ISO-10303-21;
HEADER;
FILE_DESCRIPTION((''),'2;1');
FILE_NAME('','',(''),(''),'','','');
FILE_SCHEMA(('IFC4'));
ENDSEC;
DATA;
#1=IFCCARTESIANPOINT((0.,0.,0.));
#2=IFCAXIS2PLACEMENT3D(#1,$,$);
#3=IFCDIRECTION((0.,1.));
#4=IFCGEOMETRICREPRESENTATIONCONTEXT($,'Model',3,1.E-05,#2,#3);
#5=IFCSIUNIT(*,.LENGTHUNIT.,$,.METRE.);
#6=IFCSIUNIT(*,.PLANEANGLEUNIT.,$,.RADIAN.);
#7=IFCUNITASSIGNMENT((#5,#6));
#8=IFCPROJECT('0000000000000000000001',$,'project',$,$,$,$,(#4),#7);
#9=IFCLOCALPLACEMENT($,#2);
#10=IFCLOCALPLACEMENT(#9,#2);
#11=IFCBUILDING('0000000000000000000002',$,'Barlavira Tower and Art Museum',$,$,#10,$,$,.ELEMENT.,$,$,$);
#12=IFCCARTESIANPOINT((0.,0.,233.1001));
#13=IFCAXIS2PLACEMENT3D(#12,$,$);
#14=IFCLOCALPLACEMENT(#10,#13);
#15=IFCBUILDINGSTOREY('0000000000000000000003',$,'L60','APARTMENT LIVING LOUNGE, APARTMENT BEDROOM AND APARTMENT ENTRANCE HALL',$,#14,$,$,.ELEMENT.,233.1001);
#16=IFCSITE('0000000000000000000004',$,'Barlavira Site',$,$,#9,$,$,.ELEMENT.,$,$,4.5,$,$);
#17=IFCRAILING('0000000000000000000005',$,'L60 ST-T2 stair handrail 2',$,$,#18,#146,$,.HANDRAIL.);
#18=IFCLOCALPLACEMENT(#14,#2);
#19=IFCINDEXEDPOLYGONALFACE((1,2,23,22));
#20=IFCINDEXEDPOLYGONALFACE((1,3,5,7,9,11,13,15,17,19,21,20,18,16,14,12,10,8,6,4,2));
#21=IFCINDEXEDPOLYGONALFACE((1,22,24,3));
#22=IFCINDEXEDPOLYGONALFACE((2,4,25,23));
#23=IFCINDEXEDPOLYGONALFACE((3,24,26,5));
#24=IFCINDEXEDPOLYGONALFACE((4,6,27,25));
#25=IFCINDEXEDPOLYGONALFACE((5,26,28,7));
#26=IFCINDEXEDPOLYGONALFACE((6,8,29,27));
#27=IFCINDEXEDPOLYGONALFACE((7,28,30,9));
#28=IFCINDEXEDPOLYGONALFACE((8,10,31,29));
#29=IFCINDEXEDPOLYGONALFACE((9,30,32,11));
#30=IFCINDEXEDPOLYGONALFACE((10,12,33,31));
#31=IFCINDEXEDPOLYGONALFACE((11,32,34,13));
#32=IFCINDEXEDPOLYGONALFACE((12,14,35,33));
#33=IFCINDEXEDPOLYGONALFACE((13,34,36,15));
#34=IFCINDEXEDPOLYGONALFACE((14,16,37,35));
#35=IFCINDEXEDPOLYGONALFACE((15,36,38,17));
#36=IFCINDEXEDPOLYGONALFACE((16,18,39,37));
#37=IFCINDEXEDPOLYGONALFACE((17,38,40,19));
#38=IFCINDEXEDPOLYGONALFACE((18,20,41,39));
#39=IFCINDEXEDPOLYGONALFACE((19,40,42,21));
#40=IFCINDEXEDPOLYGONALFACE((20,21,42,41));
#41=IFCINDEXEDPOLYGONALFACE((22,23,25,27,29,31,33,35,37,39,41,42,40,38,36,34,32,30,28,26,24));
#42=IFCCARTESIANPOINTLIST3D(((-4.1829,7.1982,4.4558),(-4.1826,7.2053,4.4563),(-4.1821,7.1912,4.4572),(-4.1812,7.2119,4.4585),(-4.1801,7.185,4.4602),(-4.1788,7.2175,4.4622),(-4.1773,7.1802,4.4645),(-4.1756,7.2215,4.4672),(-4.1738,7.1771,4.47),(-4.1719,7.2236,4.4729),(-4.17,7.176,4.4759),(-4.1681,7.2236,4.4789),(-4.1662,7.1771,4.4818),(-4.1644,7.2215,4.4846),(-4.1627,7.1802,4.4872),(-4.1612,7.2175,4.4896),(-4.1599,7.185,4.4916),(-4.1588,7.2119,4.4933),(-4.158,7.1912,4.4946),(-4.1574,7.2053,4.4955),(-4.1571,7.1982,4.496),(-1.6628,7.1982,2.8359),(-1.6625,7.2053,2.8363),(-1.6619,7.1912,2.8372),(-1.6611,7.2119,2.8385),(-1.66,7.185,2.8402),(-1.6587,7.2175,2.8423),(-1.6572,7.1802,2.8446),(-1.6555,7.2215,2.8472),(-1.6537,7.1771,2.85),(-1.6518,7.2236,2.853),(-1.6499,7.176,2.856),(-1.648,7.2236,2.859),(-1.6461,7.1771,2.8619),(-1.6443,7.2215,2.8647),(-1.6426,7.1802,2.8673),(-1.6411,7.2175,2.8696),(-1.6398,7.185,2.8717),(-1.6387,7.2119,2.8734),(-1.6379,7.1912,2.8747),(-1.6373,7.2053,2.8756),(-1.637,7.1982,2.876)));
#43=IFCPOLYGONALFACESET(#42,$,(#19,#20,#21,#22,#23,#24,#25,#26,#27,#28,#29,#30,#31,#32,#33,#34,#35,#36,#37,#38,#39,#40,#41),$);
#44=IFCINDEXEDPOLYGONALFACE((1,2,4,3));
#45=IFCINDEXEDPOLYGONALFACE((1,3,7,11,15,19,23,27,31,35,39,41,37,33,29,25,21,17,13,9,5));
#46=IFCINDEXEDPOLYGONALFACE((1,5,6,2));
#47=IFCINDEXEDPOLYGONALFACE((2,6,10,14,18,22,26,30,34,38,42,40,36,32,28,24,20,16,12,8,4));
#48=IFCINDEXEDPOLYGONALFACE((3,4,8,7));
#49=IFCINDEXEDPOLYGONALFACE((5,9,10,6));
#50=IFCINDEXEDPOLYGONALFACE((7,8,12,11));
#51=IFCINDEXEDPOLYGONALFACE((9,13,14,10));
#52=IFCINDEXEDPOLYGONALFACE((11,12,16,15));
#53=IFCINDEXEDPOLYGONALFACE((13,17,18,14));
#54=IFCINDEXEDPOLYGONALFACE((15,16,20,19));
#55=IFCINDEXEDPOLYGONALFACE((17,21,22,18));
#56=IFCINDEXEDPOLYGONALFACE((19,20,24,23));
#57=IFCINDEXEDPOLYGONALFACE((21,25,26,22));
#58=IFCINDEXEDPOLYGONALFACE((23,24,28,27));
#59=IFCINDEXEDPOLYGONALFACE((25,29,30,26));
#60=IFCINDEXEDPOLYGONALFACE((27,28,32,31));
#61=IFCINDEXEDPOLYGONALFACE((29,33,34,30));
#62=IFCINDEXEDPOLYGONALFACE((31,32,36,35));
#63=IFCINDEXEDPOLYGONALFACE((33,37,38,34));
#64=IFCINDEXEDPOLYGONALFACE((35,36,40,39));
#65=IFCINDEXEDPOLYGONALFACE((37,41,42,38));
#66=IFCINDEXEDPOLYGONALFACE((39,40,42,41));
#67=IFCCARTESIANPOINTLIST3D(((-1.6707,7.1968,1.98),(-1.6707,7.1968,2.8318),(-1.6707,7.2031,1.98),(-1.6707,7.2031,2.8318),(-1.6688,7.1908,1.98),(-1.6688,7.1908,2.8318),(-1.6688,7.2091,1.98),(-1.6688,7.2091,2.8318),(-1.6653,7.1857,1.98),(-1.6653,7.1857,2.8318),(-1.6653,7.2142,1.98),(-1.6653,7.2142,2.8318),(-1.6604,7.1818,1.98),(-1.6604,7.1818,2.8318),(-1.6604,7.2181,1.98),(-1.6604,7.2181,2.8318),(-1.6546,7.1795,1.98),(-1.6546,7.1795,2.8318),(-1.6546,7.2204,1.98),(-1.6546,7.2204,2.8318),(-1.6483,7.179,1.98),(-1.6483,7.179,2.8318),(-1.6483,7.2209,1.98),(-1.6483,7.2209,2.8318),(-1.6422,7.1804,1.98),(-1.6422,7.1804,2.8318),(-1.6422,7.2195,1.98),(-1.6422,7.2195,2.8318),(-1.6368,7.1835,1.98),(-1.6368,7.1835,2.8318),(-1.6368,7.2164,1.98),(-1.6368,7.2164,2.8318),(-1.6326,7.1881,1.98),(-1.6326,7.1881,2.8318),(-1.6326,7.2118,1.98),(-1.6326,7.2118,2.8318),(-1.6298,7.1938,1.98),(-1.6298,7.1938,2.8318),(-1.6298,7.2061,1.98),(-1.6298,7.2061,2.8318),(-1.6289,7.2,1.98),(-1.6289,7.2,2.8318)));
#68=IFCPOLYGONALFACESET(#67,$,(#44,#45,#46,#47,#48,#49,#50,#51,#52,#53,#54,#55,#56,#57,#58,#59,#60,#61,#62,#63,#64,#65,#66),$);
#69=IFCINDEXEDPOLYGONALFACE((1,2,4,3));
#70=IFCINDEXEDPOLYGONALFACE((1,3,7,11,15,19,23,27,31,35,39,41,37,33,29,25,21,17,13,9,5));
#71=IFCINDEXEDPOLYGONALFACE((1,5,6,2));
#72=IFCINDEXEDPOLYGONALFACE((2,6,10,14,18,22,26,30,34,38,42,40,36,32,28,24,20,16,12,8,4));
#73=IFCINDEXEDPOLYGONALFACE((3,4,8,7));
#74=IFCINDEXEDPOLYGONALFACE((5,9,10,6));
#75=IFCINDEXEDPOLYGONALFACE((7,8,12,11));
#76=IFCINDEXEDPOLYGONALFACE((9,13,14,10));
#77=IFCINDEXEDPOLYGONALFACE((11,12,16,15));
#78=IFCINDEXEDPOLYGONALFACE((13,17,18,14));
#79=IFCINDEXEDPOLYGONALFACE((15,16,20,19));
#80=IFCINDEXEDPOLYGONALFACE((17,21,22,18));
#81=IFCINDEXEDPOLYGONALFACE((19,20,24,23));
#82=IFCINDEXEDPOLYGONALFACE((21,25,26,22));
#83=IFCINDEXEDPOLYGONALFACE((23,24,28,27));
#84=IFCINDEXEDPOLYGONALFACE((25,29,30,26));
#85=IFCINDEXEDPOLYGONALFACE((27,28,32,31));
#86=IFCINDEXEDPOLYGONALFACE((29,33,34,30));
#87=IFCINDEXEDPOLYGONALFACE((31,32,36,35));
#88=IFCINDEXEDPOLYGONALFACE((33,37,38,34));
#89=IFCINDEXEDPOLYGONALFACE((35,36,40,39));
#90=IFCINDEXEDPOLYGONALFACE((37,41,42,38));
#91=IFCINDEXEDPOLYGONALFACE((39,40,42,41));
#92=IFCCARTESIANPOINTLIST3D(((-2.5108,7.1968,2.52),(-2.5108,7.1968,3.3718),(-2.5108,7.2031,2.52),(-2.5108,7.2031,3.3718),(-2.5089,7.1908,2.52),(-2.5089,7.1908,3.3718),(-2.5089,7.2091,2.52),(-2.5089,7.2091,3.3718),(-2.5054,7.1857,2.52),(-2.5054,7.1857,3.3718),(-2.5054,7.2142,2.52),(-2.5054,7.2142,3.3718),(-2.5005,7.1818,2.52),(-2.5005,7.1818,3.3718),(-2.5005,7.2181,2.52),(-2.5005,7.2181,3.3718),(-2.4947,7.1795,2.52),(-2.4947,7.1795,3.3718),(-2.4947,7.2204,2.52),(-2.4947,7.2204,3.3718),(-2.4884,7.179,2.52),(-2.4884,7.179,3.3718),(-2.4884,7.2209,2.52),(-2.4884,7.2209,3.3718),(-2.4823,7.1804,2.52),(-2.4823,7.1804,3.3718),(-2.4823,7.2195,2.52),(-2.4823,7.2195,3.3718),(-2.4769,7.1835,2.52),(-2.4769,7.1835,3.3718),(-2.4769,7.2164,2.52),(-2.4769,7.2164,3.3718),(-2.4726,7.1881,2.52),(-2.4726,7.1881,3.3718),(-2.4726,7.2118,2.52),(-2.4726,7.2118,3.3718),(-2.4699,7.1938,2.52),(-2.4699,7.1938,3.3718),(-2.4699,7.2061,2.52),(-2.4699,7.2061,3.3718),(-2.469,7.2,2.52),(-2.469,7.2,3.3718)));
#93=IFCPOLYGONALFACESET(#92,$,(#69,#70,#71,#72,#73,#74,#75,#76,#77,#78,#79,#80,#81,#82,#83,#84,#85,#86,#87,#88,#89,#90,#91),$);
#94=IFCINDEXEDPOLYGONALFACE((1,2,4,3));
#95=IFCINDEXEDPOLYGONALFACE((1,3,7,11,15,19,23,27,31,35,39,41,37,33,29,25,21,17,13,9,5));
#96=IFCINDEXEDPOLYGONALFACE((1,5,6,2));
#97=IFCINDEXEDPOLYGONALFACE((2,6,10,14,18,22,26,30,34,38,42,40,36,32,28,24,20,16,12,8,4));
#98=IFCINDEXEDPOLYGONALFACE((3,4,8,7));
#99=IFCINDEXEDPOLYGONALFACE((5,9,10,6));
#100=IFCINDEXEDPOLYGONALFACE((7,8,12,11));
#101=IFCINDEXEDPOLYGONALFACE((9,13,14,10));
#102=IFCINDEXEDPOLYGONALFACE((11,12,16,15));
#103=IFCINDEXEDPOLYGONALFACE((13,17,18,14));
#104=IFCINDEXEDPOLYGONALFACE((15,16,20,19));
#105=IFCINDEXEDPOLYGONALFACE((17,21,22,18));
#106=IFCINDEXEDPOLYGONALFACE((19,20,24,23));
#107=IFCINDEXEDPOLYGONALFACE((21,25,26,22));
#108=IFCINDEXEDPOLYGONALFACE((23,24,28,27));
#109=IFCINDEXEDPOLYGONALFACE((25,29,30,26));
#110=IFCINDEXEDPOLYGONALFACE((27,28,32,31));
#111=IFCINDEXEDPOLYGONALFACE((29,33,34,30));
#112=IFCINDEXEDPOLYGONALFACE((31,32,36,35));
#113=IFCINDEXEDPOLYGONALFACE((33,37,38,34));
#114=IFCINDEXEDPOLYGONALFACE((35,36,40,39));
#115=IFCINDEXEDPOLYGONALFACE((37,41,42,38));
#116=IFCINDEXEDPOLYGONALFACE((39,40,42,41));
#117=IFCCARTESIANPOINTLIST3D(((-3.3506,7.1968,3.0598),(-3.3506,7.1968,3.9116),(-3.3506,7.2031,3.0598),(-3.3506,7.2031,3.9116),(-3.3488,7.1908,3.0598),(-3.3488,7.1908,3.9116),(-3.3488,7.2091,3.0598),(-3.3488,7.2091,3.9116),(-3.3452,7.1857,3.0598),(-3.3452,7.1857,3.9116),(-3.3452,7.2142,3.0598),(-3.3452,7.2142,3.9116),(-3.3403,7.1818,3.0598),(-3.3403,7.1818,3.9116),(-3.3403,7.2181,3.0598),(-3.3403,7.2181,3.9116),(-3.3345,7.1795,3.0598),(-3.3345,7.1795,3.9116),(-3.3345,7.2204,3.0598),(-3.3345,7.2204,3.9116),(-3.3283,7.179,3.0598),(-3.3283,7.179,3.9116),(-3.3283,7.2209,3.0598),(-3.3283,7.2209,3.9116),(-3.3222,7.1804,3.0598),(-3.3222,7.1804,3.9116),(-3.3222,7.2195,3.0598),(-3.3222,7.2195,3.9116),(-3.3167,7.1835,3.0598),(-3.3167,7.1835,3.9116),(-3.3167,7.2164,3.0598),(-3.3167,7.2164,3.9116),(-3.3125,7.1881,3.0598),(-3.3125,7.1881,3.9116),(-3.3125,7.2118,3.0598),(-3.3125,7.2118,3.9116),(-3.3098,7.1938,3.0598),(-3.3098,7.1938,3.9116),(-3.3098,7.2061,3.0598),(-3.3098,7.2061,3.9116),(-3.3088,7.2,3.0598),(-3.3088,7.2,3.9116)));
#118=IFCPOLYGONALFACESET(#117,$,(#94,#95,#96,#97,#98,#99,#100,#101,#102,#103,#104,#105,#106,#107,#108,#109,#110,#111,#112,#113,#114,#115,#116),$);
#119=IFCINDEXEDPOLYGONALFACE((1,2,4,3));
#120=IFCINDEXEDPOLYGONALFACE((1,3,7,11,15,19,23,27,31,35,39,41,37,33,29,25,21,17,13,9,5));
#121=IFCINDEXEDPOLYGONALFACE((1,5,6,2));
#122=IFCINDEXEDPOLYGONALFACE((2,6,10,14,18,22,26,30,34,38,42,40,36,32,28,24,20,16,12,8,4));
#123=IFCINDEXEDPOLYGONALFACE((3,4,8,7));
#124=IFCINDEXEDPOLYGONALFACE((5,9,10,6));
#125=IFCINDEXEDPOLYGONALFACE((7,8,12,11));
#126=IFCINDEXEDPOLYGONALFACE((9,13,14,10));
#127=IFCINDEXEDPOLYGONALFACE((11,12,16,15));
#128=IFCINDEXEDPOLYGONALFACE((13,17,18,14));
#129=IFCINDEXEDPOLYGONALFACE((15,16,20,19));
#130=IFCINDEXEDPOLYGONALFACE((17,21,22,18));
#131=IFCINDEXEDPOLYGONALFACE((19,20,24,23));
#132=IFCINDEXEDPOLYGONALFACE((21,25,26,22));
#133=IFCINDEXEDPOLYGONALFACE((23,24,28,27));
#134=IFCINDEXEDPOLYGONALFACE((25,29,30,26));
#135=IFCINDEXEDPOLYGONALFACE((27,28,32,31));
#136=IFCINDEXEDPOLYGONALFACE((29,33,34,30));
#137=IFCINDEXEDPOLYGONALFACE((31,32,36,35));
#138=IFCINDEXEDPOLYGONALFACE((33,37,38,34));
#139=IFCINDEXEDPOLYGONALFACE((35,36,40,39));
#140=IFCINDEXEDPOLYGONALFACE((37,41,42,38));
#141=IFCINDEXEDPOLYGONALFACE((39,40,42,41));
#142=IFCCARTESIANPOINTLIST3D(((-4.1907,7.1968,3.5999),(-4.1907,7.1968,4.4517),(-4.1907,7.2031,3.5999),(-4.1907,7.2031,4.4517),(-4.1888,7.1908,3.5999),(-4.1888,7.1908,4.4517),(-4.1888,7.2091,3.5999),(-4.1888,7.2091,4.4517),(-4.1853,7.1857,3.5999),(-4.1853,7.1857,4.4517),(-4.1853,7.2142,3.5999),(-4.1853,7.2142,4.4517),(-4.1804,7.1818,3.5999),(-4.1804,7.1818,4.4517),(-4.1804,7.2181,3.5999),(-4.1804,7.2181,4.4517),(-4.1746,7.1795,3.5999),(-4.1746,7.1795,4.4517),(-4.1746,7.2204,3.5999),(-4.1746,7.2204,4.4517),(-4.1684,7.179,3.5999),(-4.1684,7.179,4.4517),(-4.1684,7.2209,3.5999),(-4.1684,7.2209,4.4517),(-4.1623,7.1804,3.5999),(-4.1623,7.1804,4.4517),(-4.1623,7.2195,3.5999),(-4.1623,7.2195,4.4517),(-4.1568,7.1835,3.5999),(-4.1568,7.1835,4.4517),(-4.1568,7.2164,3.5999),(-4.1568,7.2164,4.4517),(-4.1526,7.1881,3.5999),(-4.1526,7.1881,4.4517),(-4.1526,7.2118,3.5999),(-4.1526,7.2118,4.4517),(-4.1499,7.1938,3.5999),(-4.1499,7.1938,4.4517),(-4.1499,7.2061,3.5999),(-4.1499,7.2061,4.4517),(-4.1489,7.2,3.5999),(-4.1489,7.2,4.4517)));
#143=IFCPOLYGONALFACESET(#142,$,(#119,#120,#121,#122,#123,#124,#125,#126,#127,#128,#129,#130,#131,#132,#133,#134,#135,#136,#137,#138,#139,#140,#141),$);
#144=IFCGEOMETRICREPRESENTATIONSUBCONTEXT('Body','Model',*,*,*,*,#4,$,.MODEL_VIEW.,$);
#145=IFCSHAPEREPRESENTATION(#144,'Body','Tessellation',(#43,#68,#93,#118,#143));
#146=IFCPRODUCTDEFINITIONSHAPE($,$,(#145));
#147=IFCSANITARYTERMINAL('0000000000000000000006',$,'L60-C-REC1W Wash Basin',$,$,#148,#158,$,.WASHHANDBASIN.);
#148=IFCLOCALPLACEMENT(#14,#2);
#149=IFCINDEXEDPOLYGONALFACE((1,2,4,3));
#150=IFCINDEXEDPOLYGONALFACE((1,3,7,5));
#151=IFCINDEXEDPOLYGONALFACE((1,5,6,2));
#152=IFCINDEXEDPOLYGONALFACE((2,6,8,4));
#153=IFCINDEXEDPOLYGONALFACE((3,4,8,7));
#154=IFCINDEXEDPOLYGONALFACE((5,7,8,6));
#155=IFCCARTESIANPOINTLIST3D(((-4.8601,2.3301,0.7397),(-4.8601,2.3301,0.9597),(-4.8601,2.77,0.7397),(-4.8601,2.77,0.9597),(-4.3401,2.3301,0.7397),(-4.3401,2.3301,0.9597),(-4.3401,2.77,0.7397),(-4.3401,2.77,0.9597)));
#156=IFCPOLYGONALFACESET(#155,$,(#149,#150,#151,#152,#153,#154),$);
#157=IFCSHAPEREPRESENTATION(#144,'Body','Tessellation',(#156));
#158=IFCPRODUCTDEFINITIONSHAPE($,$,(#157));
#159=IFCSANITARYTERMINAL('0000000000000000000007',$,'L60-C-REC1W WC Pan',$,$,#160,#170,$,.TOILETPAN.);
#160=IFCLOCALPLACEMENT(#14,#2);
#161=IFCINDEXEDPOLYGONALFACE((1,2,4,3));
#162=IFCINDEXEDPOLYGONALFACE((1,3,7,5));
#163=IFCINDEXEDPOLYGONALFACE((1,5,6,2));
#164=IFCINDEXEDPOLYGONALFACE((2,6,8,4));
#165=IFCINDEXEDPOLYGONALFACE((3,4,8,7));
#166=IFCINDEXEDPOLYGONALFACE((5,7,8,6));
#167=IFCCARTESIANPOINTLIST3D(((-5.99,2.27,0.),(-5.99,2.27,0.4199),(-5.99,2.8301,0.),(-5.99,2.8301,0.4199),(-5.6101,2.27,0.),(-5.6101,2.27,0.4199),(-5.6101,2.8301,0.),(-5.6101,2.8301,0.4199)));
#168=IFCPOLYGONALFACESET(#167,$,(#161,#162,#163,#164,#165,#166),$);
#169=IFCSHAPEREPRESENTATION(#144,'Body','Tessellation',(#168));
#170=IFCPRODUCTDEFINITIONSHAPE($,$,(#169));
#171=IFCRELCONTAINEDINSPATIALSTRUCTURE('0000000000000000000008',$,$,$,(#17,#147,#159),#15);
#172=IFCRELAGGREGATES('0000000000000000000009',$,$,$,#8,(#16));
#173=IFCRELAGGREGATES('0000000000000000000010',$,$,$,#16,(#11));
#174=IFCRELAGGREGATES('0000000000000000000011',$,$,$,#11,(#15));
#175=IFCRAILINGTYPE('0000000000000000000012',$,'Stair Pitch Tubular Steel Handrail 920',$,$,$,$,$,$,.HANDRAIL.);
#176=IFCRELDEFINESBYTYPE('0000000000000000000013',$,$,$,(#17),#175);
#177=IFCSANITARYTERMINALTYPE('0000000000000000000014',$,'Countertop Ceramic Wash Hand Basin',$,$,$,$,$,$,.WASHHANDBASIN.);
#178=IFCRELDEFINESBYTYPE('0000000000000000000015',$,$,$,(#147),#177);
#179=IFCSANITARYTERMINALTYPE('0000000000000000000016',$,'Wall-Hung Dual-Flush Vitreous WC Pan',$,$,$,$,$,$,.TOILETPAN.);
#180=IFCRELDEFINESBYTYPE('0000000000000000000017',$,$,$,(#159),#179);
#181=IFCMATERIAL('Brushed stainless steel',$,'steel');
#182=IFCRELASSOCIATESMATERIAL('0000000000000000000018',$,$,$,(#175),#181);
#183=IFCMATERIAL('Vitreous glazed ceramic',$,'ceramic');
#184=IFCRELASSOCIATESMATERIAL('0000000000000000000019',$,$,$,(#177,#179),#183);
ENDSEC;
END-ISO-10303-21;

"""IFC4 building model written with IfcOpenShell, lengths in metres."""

from ifc_helpers import new_model, si_unit, direction, frame, origin, origin_2d, place, context, subcontext, project, spatial, rectangle, circle, extrude, material, type_object, element, save


model = new_model("IFC4")

# Units and contexts
model_context = context("Model", 3, precision=1e-05, world=origin(), true_north=direction((0.0, 1.0)))
body_context = subcontext(model_context, "Body", "Model", "MODEL_VIEW")
ifc_project = project(units=[si_unit("LENGTHUNIT", "METRE"), si_unit("PLANEANGLEUNIT", "RADIAN")], contexts=[model_context])

# Site, building, storey
site_placement = place(None, origin())
site = spatial("IfcSite", under=ifc_project, at=site_placement, Name="Barlavira Site", CompositionType="ELEMENT", RefElevation=4.5)
building_placement = place(site_placement, origin())
building = spatial("IfcBuilding", under=site, at=building_placement, Name="Barlavira Tower and Art Museum", CompositionType="ELEMENT")
storey_placement = place(building_placement, frame((0.0, 0.0, 233.1001)))
storey = spatial("IfcBuildingStorey", under=building, at=storey_placement, Name="L60", Description="APARTMENT LIVING LOUNGE, APARTMENT BEDROOM AND APARTMENT ENTRANCE HALL", CompositionType="ELEMENT", Elevation=233.1001)

# Shared definitions
ifc_material_1 = material(Name="Brushed stainless steel", Category="steel")

# Railing
railing_type_1 = type_object("IfcRailingType", Name="Stair Pitch Tubular Steel Handrail 920", PredefinedType="HANDRAIL", material=ifc_material_1)
railing_1_placement = place(storey_placement, frame((-1.6499, 7.2, 1.98)))
element("IfcRailing", 1, at=railing_1_placement, inside=storey, type_object=railing_type_1, Name="L60 ST-T2 stair handrail 2", PredefinedType="HANDRAIL", context=body_context, shape_type="SweptSolid", body=[
    extrude(circle(Radius=0.0239, at=origin_2d()), frame((0.0, 0.0, 0.876), z_axis=(-0.8412, 0.0, 0.540725), x_axis=(0.0, -1.0, 0.0)), (0.0, 0.0, 1.0), 2.9958),
    extrude(circle(Radius=0.021, at=origin_2d()), origin(), (0.0, 0.0, 1.0), 0.8518),
    extrude(circle(Radius=0.021, at=origin_2d()), frame((-0.8401, 0.0, 0.54)), (0.0, 0.0, 1.0), 0.8518),
    extrude(circle(Radius=0.021, at=origin_2d()), frame((-1.6799, 0.0, 1.0798)), (0.0, 0.0, 1.0), 0.8518),
    extrude(circle(Radius=0.021, at=origin_2d()), frame((-2.52, 0.0, 1.6199)), (0.0, 0.0, 1.0), 0.8518),
])

# Sanitary terminals
ifc_material_2 = material(Name="Vitreous glazed ceramic", Category="ceramic")
sanitary_terminal_type_1 = type_object("IfcSanitaryTerminalType", Name="Countertop Ceramic Wash Hand Basin", PredefinedType="WASHHANDBASIN", material=ifc_material_2)
sanitary_terminal_1_placement = place(storey_placement, frame((-4.6001, 2.55, 0.7397), z_axis=(0.0, 0.0, 1.0), x_axis=(1.0, 0.0, 0.0)))
element("IfcSanitaryTerminal", 2, at=sanitary_terminal_1_placement, inside=storey, type_object=sanitary_terminal_type_1, Name="L60-C-REC1W Wash Basin", PredefinedType="WASHHANDBASIN", context=body_context, shape_type="SweptSolid", body=[
    extrude(rectangle(XDim=0.52, YDim=0.4399, at=origin_2d()), origin(), (0.0, 0.0, 1.0), 0.22),
])
sanitary_terminal_type_2 = type_object("IfcSanitaryTerminalType", Name="Wall-Hung Dual-Flush Vitreous WC Pan", PredefinedType="TOILETPAN", material=ifc_material_2)
sanitary_terminal_2_placement = place(storey_placement, frame((-5.8, 2.55, 0.0), z_axis=(0.0, 0.0, 1.0), x_axis=(1.0, 0.0, 0.0)))
element("IfcSanitaryTerminal", 3, at=sanitary_terminal_2_placement, inside=storey, type_object=sanitary_terminal_type_2, Name="L60-C-REC1W WC Pan", PredefinedType="TOILETPAN", context=body_context, shape_type="SweptSolid", body=[
    extrude(rectangle(XDim=0.3799, YDim=0.5601, at=origin_2d()), origin(), (0.0, 0.0, 1.0), 0.4199),
])

save(model, "model.ifc")
